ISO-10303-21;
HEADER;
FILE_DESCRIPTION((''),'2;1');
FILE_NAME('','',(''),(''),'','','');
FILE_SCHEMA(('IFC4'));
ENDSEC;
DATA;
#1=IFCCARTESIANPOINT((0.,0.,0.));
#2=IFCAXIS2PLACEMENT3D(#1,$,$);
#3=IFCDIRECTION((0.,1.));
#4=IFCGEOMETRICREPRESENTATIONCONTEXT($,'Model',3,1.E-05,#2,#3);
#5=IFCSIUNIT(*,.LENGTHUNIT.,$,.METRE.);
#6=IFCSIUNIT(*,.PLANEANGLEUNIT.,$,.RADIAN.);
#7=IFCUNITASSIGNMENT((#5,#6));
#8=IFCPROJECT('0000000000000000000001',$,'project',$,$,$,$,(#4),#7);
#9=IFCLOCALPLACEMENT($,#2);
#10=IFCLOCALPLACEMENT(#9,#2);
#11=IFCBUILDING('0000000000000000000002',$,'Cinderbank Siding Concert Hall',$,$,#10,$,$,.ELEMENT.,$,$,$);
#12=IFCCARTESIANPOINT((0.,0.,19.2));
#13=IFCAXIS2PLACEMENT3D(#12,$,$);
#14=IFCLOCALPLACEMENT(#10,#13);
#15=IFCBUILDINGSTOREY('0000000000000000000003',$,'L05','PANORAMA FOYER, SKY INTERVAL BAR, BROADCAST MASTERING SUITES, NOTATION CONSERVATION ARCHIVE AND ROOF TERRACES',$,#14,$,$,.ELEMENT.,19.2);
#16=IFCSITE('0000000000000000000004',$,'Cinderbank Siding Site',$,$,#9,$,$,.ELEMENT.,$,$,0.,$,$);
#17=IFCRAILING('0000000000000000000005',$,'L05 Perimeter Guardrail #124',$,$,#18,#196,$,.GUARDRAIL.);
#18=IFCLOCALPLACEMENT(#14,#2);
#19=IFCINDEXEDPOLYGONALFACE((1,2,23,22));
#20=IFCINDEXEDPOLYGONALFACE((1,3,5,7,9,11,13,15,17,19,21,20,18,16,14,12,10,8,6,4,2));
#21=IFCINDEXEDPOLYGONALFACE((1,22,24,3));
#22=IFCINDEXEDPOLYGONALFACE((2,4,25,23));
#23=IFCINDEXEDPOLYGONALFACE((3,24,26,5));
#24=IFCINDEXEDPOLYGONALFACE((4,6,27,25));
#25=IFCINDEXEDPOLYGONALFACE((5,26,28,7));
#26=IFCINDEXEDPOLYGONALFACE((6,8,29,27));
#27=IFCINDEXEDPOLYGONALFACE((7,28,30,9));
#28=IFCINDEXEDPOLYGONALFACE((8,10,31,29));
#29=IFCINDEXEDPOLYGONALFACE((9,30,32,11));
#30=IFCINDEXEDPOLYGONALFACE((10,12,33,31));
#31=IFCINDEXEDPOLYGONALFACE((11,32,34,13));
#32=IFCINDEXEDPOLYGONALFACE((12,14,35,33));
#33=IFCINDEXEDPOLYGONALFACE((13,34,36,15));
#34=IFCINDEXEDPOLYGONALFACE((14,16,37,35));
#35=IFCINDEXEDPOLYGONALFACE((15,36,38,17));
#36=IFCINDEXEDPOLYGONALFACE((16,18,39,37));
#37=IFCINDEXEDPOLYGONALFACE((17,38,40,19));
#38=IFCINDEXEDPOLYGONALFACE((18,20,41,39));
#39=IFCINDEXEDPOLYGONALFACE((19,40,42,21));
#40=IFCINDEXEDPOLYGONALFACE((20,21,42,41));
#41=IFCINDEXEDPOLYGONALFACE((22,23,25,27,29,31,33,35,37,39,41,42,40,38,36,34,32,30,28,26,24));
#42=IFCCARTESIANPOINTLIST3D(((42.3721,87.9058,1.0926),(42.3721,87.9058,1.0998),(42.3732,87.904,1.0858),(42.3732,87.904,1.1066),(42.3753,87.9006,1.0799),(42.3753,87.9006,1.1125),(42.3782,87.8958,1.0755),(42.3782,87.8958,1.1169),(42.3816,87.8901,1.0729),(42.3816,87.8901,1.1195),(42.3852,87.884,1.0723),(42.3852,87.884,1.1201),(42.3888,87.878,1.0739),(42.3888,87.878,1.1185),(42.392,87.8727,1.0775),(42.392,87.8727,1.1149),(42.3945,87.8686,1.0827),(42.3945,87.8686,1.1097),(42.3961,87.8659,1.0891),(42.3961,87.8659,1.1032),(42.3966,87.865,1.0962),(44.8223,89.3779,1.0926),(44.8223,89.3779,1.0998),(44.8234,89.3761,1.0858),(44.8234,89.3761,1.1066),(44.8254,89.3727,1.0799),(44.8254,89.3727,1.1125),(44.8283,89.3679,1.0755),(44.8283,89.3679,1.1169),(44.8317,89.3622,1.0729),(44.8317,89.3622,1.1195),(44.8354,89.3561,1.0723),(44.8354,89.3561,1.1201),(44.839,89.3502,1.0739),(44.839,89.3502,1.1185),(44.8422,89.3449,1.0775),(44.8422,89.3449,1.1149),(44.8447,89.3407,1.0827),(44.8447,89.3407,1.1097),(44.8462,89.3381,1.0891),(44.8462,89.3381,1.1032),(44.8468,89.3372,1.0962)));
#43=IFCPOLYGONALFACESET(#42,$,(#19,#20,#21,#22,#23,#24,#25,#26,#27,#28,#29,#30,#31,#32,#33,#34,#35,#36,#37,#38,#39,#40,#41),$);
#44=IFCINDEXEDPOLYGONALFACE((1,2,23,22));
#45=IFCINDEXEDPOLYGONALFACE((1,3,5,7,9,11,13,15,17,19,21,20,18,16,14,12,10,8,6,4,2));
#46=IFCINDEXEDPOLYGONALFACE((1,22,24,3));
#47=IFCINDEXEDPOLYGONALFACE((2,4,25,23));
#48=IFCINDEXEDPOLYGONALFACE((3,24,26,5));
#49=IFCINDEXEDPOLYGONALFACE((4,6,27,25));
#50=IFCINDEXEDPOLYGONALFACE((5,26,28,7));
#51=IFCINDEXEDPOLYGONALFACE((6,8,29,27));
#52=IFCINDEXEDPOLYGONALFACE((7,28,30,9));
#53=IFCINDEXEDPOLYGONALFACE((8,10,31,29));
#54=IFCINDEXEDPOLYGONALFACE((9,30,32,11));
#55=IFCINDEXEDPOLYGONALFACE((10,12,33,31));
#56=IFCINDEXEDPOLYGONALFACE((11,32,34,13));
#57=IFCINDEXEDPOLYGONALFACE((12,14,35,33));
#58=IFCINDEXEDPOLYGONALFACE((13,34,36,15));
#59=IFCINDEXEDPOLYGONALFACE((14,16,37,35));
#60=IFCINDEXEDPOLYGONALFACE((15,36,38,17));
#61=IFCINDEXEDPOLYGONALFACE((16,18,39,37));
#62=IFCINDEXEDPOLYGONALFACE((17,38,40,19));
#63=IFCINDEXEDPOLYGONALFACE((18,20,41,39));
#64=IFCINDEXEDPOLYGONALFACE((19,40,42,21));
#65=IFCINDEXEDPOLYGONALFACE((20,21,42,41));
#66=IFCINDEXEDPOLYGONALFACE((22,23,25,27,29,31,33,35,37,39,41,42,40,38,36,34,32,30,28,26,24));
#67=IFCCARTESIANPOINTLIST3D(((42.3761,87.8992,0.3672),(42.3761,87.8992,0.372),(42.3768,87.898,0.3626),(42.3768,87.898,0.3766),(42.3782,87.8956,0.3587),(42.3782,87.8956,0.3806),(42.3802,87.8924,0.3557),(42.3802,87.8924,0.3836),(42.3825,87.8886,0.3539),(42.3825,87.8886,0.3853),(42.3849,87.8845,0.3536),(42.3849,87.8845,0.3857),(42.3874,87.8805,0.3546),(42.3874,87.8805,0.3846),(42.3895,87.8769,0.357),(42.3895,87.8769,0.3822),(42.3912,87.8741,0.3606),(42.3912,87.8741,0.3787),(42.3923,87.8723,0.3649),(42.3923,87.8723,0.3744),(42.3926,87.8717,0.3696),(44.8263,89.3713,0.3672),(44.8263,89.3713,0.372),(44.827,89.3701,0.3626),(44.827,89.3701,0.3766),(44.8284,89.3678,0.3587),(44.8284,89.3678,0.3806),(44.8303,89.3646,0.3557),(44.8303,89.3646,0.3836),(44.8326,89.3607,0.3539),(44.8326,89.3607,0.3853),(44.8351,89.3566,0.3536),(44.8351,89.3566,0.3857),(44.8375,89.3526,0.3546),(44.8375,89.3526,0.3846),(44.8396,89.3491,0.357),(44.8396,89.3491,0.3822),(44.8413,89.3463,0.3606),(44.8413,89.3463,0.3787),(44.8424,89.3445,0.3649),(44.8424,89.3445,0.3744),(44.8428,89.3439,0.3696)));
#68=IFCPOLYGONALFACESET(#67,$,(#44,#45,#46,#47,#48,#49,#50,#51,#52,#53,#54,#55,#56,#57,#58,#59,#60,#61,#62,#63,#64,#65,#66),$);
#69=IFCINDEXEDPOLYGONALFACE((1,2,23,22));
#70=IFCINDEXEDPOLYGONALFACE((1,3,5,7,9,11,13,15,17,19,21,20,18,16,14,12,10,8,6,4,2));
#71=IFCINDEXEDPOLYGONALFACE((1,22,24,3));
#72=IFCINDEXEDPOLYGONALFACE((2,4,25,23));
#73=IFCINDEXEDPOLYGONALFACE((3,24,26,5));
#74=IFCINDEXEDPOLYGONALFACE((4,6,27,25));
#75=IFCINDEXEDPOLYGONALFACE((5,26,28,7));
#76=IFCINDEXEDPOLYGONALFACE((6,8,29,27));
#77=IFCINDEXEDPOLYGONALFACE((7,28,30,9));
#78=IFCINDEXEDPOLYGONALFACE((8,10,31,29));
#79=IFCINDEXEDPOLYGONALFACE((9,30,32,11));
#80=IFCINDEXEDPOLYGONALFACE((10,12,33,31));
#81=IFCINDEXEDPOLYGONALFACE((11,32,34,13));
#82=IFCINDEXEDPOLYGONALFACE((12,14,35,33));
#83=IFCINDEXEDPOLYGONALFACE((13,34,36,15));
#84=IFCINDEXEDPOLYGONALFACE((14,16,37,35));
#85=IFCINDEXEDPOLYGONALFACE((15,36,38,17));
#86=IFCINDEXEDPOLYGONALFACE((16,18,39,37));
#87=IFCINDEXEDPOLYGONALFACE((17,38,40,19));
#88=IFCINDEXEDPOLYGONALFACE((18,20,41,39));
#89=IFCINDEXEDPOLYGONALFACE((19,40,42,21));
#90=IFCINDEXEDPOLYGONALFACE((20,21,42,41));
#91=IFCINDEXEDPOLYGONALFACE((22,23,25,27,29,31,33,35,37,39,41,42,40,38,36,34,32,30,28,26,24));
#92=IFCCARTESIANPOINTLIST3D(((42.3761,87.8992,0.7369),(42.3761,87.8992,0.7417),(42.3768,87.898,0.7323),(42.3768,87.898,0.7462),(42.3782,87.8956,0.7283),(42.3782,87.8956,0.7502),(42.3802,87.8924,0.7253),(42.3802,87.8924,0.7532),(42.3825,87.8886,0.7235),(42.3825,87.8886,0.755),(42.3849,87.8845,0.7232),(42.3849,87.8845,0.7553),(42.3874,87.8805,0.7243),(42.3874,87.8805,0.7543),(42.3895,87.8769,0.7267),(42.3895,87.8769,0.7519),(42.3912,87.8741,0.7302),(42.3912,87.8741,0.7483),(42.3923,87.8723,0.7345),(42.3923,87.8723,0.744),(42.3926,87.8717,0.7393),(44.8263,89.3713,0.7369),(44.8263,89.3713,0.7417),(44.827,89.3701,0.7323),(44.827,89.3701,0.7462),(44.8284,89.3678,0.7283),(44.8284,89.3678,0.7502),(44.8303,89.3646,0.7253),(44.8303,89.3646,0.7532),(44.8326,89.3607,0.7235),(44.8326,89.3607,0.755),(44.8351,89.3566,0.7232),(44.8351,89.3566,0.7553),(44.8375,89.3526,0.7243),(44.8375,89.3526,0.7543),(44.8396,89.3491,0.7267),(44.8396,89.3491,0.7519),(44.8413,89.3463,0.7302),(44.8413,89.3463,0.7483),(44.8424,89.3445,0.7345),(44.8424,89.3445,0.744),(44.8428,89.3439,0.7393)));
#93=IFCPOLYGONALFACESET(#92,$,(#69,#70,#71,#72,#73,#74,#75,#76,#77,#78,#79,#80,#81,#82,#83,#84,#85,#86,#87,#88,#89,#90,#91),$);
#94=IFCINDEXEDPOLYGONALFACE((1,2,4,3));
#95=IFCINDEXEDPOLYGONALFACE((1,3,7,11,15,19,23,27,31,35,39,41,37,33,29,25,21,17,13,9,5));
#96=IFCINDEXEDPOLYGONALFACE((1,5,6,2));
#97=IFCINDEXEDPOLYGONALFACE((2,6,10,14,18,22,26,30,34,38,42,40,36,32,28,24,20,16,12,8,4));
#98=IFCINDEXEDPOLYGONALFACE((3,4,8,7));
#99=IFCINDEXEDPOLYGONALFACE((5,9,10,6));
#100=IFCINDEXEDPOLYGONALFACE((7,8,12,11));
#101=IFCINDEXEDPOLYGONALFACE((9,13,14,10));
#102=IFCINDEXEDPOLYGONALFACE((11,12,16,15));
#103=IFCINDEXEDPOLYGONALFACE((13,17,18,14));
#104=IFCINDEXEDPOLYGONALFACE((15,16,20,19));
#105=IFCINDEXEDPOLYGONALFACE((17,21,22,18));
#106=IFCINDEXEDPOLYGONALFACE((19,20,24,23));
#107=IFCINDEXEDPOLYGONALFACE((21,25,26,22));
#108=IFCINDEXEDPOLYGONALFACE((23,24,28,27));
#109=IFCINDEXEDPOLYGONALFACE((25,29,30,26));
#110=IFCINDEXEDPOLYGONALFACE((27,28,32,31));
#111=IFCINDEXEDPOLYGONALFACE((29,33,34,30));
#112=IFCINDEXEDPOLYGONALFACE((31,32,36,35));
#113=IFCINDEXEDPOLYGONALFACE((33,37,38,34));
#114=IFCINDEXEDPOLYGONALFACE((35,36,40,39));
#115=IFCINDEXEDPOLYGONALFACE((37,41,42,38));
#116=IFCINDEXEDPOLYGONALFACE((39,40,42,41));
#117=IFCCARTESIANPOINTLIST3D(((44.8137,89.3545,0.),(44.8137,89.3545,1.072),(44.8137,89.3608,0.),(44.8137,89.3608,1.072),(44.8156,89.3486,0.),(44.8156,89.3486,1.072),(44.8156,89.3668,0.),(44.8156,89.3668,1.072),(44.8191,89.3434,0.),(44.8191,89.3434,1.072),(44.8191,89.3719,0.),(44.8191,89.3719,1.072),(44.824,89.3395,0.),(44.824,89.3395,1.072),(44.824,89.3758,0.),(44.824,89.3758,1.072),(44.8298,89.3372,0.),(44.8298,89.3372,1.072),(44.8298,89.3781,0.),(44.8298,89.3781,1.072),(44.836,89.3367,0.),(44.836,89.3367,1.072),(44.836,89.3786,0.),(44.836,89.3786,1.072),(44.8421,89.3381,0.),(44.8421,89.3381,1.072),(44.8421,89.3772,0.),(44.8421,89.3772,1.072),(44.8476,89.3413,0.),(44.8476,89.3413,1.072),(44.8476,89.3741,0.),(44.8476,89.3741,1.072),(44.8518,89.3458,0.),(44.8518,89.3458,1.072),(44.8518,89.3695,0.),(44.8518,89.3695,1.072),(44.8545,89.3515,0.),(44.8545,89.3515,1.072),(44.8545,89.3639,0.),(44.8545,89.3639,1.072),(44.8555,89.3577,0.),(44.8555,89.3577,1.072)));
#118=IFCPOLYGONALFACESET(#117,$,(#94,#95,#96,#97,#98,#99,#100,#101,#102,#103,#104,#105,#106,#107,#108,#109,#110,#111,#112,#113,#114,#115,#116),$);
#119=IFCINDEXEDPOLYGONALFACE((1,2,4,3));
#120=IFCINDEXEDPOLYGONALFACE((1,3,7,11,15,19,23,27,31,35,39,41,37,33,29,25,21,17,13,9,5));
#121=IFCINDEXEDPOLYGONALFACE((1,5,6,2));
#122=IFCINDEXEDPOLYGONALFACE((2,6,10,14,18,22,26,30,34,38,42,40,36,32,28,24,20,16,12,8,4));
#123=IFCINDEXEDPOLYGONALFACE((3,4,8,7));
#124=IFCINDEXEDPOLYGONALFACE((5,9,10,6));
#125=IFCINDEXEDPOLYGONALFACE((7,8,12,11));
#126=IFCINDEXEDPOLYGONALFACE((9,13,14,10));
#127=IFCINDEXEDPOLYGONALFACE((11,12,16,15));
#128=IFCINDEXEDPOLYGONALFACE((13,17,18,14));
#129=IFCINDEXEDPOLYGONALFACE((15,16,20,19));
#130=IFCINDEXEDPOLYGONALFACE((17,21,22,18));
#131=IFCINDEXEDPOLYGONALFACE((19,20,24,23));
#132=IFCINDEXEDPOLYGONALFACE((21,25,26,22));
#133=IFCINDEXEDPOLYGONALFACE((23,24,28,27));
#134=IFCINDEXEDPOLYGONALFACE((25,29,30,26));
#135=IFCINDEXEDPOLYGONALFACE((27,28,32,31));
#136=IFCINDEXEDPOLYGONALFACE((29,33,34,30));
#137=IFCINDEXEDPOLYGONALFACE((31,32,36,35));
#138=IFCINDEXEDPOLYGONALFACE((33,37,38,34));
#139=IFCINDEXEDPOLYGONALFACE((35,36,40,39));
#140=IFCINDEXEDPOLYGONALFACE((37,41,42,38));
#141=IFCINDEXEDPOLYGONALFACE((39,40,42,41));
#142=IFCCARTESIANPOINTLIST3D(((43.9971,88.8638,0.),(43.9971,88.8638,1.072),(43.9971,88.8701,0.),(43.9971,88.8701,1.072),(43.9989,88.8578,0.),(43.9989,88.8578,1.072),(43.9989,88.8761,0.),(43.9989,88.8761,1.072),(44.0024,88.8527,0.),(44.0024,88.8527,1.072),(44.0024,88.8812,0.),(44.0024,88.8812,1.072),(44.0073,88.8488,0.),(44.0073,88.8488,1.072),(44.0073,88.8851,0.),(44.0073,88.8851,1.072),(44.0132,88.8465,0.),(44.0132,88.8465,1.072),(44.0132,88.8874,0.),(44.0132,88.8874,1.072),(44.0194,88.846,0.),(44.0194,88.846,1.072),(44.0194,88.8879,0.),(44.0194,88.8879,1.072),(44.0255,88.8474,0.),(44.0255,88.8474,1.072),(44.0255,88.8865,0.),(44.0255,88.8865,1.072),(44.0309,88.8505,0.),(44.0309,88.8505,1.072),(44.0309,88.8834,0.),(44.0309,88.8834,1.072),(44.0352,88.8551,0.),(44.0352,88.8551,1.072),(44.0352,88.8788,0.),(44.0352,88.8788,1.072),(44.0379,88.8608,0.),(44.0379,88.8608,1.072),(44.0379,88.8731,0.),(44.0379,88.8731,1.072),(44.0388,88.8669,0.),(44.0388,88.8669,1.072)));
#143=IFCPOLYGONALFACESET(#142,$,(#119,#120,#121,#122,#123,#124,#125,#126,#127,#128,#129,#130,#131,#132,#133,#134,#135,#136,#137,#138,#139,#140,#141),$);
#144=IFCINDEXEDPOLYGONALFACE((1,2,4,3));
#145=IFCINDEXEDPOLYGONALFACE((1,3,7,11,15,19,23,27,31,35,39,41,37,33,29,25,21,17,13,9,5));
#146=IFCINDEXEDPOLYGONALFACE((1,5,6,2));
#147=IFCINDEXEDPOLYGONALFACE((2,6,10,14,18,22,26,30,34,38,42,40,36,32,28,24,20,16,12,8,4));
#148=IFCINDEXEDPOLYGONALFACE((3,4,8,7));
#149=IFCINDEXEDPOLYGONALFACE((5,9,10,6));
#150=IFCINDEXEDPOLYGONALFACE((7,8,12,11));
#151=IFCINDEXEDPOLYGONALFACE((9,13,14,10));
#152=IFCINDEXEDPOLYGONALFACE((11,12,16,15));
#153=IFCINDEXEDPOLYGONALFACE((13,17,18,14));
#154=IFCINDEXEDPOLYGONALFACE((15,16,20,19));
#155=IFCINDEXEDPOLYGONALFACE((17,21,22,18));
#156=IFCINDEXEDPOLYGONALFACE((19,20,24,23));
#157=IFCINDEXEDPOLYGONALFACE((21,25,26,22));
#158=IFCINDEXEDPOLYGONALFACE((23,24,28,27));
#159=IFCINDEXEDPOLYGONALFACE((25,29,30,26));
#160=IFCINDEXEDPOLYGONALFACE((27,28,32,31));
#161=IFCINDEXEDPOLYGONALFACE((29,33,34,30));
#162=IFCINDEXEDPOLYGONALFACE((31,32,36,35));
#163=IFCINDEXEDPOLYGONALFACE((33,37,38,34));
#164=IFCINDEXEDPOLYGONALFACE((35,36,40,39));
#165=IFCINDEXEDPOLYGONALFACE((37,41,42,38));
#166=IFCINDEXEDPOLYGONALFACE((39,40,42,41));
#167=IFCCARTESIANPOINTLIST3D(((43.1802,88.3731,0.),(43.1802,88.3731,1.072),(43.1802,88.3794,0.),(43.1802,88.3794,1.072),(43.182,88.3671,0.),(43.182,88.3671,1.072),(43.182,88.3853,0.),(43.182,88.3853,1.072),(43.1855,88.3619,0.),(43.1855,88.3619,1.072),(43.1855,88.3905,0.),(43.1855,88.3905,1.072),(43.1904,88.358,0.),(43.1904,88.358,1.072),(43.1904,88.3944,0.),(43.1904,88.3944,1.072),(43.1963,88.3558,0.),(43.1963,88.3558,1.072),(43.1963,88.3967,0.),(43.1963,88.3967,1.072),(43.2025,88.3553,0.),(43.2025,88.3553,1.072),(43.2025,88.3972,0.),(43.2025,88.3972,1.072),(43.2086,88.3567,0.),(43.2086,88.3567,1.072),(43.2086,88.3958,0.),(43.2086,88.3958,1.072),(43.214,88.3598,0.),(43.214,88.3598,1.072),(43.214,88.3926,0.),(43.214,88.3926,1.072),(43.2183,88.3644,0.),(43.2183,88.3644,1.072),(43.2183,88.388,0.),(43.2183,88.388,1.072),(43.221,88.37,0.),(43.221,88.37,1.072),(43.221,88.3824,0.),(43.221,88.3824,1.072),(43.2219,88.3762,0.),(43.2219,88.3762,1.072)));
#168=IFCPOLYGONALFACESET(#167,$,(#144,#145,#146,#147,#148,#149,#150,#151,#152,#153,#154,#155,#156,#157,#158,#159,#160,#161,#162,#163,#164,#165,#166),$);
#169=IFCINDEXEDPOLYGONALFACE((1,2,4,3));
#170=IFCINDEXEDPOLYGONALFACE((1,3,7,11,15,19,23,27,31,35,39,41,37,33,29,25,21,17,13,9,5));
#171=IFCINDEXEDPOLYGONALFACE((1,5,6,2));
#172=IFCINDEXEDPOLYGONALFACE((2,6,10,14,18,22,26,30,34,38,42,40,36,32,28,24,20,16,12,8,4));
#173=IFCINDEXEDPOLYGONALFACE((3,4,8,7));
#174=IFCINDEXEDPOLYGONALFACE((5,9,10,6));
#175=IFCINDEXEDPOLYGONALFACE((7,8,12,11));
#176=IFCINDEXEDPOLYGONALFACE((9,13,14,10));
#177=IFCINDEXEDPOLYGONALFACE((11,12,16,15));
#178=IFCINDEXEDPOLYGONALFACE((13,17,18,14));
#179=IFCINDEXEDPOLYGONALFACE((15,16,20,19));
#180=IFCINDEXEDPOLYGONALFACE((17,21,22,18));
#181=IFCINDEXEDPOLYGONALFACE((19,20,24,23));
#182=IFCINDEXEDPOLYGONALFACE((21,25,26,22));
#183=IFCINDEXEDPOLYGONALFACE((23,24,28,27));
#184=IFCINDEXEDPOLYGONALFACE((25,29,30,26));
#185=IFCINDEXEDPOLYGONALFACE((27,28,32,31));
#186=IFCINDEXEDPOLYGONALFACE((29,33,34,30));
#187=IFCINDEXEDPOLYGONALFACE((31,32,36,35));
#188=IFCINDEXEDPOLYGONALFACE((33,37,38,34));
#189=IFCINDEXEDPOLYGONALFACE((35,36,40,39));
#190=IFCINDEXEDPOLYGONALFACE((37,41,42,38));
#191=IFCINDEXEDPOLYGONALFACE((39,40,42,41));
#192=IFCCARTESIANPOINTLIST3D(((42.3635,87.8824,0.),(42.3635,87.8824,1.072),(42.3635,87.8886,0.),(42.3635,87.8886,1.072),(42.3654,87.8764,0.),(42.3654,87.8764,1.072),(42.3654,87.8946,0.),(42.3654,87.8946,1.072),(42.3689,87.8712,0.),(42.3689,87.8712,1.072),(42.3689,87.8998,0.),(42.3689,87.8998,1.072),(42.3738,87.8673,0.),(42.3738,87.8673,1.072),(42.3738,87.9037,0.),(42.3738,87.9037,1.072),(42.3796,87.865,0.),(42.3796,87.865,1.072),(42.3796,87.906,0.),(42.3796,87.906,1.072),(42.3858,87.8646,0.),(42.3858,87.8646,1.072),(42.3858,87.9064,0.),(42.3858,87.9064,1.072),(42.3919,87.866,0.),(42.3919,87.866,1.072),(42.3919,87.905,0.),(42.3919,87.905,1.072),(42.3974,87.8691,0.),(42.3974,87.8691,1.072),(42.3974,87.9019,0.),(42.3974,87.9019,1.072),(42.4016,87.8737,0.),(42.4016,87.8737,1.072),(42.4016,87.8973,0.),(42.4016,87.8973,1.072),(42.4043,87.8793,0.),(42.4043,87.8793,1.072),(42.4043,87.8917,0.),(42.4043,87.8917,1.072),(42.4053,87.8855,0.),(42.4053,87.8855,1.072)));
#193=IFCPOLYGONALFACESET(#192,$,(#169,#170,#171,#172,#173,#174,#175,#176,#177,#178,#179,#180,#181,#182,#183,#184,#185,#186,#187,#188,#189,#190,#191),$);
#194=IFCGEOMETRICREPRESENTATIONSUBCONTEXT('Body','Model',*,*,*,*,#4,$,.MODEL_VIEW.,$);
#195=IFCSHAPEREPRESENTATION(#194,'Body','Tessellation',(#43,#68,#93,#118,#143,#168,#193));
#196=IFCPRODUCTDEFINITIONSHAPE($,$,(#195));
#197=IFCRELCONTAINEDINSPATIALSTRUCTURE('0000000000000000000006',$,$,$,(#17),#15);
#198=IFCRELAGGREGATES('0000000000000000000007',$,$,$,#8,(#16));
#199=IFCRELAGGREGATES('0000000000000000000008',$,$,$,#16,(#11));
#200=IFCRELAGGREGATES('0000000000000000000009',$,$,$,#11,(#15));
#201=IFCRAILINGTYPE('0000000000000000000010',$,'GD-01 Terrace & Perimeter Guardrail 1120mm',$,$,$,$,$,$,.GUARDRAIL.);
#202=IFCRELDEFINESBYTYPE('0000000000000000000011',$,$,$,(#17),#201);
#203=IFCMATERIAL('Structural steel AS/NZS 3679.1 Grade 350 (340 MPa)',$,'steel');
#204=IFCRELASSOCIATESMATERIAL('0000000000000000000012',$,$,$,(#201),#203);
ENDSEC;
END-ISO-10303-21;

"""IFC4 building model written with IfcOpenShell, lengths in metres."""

from ifc_helpers import new_model, si_unit, direction, frame, origin, origin_2d, place, context, subcontext, project, spatial, circle, extrude, material, type_object, element, save


model = new_model("IFC4")

# Units and contexts
model_context = context("Model", 3, precision=1e-05, world=origin(), true_north=direction((0.0, 1.0)))
body_context = subcontext(model_context, "Body", "Model", "MODEL_VIEW")
ifc_project = project(units=[si_unit("LENGTHUNIT", "METRE"), si_unit("PLANEANGLEUNIT", "RADIAN")], contexts=[model_context])

# Site, building, storey
site_placement = place(None, origin())
site = spatial("IfcSite", under=ifc_project, at=site_placement, Name="Cinderbank Siding Site", CompositionType="ELEMENT", RefElevation=0.0)
building_placement = place(site_placement, origin())
building = spatial("IfcBuilding", under=site, at=building_placement, Name="Cinderbank Siding Concert Hall", CompositionType="ELEMENT")
storey_placement = place(building_placement, frame((0.0, 0.0, 19.2)))
storey = spatial("IfcBuildingStorey", under=building, at=storey_placement, Name="L05", Description="PANORAMA FOYER, SKY INTERVAL BAR, BROADCAST MASTERING SUITES, NOTATION CONSERVATION ARCHIVE AND ROOF TERRACES", CompositionType="ELEMENT", Elevation=19.2)

# Railing
ifc_material_1 = material(Name="Structural steel AS/NZS 3679.1 Grade 350 (340 MPa)", Category="steel")
railing_type_1 = type_object("IfcRailingType", Name="GD-01 Terrace & Perimeter Guardrail 1120mm", PredefinedType="GUARDRAIL", material=ifc_material_1)
railing_1_placement = place(storey_placement, frame((44.8345, 89.3577, 0.0)))
element("IfcRailing", 1, at=railing_1_placement, inside=storey, type_object=railing_type_1, Name="L05 Perimeter Guardrail #124", PredefinedType="GUARDRAIL", context=body_context, shape_type="SweptSolid", body=[
    extrude(circle(Radius=0.0239, at=origin_2d()), frame((0.0, 0.0, 1.0962), z_axis=(-0.857176, -0.515023, 0.0), x_axis=(0.515023, -0.857176, 0.0)), (0.0, 0.0, 1.0), 2.8584),
    extrude(circle(Radius=0.0161, at=origin_2d()), frame((0.0, 0.0, 0.3696), z_axis=(-0.857176, -0.515023, 0.0), x_axis=(0.515023, -0.857176, 0.0)), (0.0, 0.0, 1.0), 2.8584),
    extrude(circle(Radius=0.0161, at=origin_2d()), frame((0.0, 0.0, 0.7393), z_axis=(-0.857176, -0.515023, 0.0), x_axis=(0.515023, -0.857176, 0.0)), (0.0, 0.0, 1.0), 2.8584),
    extrude(circle(Radius=0.021, at=origin_2d()), origin(), (0.0, 0.0, 1.0), 1.072),
    extrude(circle(Radius=0.021, at=origin_2d()), frame((-0.8167, -0.4907, 0.0)), (0.0, 0.0, 1.0), 1.072),
    extrude(circle(Radius=0.021, at=origin_2d()), frame((-1.6335, -0.9814, 0.0)), (0.0, 0.0, 1.0), 1.072),
    extrude(circle(Radius=0.021, at=origin_2d()), frame((-2.4502, -1.4722, 0.0)), (0.0, 0.0, 1.0), 1.072),
])

save(model, "model.ifc")
